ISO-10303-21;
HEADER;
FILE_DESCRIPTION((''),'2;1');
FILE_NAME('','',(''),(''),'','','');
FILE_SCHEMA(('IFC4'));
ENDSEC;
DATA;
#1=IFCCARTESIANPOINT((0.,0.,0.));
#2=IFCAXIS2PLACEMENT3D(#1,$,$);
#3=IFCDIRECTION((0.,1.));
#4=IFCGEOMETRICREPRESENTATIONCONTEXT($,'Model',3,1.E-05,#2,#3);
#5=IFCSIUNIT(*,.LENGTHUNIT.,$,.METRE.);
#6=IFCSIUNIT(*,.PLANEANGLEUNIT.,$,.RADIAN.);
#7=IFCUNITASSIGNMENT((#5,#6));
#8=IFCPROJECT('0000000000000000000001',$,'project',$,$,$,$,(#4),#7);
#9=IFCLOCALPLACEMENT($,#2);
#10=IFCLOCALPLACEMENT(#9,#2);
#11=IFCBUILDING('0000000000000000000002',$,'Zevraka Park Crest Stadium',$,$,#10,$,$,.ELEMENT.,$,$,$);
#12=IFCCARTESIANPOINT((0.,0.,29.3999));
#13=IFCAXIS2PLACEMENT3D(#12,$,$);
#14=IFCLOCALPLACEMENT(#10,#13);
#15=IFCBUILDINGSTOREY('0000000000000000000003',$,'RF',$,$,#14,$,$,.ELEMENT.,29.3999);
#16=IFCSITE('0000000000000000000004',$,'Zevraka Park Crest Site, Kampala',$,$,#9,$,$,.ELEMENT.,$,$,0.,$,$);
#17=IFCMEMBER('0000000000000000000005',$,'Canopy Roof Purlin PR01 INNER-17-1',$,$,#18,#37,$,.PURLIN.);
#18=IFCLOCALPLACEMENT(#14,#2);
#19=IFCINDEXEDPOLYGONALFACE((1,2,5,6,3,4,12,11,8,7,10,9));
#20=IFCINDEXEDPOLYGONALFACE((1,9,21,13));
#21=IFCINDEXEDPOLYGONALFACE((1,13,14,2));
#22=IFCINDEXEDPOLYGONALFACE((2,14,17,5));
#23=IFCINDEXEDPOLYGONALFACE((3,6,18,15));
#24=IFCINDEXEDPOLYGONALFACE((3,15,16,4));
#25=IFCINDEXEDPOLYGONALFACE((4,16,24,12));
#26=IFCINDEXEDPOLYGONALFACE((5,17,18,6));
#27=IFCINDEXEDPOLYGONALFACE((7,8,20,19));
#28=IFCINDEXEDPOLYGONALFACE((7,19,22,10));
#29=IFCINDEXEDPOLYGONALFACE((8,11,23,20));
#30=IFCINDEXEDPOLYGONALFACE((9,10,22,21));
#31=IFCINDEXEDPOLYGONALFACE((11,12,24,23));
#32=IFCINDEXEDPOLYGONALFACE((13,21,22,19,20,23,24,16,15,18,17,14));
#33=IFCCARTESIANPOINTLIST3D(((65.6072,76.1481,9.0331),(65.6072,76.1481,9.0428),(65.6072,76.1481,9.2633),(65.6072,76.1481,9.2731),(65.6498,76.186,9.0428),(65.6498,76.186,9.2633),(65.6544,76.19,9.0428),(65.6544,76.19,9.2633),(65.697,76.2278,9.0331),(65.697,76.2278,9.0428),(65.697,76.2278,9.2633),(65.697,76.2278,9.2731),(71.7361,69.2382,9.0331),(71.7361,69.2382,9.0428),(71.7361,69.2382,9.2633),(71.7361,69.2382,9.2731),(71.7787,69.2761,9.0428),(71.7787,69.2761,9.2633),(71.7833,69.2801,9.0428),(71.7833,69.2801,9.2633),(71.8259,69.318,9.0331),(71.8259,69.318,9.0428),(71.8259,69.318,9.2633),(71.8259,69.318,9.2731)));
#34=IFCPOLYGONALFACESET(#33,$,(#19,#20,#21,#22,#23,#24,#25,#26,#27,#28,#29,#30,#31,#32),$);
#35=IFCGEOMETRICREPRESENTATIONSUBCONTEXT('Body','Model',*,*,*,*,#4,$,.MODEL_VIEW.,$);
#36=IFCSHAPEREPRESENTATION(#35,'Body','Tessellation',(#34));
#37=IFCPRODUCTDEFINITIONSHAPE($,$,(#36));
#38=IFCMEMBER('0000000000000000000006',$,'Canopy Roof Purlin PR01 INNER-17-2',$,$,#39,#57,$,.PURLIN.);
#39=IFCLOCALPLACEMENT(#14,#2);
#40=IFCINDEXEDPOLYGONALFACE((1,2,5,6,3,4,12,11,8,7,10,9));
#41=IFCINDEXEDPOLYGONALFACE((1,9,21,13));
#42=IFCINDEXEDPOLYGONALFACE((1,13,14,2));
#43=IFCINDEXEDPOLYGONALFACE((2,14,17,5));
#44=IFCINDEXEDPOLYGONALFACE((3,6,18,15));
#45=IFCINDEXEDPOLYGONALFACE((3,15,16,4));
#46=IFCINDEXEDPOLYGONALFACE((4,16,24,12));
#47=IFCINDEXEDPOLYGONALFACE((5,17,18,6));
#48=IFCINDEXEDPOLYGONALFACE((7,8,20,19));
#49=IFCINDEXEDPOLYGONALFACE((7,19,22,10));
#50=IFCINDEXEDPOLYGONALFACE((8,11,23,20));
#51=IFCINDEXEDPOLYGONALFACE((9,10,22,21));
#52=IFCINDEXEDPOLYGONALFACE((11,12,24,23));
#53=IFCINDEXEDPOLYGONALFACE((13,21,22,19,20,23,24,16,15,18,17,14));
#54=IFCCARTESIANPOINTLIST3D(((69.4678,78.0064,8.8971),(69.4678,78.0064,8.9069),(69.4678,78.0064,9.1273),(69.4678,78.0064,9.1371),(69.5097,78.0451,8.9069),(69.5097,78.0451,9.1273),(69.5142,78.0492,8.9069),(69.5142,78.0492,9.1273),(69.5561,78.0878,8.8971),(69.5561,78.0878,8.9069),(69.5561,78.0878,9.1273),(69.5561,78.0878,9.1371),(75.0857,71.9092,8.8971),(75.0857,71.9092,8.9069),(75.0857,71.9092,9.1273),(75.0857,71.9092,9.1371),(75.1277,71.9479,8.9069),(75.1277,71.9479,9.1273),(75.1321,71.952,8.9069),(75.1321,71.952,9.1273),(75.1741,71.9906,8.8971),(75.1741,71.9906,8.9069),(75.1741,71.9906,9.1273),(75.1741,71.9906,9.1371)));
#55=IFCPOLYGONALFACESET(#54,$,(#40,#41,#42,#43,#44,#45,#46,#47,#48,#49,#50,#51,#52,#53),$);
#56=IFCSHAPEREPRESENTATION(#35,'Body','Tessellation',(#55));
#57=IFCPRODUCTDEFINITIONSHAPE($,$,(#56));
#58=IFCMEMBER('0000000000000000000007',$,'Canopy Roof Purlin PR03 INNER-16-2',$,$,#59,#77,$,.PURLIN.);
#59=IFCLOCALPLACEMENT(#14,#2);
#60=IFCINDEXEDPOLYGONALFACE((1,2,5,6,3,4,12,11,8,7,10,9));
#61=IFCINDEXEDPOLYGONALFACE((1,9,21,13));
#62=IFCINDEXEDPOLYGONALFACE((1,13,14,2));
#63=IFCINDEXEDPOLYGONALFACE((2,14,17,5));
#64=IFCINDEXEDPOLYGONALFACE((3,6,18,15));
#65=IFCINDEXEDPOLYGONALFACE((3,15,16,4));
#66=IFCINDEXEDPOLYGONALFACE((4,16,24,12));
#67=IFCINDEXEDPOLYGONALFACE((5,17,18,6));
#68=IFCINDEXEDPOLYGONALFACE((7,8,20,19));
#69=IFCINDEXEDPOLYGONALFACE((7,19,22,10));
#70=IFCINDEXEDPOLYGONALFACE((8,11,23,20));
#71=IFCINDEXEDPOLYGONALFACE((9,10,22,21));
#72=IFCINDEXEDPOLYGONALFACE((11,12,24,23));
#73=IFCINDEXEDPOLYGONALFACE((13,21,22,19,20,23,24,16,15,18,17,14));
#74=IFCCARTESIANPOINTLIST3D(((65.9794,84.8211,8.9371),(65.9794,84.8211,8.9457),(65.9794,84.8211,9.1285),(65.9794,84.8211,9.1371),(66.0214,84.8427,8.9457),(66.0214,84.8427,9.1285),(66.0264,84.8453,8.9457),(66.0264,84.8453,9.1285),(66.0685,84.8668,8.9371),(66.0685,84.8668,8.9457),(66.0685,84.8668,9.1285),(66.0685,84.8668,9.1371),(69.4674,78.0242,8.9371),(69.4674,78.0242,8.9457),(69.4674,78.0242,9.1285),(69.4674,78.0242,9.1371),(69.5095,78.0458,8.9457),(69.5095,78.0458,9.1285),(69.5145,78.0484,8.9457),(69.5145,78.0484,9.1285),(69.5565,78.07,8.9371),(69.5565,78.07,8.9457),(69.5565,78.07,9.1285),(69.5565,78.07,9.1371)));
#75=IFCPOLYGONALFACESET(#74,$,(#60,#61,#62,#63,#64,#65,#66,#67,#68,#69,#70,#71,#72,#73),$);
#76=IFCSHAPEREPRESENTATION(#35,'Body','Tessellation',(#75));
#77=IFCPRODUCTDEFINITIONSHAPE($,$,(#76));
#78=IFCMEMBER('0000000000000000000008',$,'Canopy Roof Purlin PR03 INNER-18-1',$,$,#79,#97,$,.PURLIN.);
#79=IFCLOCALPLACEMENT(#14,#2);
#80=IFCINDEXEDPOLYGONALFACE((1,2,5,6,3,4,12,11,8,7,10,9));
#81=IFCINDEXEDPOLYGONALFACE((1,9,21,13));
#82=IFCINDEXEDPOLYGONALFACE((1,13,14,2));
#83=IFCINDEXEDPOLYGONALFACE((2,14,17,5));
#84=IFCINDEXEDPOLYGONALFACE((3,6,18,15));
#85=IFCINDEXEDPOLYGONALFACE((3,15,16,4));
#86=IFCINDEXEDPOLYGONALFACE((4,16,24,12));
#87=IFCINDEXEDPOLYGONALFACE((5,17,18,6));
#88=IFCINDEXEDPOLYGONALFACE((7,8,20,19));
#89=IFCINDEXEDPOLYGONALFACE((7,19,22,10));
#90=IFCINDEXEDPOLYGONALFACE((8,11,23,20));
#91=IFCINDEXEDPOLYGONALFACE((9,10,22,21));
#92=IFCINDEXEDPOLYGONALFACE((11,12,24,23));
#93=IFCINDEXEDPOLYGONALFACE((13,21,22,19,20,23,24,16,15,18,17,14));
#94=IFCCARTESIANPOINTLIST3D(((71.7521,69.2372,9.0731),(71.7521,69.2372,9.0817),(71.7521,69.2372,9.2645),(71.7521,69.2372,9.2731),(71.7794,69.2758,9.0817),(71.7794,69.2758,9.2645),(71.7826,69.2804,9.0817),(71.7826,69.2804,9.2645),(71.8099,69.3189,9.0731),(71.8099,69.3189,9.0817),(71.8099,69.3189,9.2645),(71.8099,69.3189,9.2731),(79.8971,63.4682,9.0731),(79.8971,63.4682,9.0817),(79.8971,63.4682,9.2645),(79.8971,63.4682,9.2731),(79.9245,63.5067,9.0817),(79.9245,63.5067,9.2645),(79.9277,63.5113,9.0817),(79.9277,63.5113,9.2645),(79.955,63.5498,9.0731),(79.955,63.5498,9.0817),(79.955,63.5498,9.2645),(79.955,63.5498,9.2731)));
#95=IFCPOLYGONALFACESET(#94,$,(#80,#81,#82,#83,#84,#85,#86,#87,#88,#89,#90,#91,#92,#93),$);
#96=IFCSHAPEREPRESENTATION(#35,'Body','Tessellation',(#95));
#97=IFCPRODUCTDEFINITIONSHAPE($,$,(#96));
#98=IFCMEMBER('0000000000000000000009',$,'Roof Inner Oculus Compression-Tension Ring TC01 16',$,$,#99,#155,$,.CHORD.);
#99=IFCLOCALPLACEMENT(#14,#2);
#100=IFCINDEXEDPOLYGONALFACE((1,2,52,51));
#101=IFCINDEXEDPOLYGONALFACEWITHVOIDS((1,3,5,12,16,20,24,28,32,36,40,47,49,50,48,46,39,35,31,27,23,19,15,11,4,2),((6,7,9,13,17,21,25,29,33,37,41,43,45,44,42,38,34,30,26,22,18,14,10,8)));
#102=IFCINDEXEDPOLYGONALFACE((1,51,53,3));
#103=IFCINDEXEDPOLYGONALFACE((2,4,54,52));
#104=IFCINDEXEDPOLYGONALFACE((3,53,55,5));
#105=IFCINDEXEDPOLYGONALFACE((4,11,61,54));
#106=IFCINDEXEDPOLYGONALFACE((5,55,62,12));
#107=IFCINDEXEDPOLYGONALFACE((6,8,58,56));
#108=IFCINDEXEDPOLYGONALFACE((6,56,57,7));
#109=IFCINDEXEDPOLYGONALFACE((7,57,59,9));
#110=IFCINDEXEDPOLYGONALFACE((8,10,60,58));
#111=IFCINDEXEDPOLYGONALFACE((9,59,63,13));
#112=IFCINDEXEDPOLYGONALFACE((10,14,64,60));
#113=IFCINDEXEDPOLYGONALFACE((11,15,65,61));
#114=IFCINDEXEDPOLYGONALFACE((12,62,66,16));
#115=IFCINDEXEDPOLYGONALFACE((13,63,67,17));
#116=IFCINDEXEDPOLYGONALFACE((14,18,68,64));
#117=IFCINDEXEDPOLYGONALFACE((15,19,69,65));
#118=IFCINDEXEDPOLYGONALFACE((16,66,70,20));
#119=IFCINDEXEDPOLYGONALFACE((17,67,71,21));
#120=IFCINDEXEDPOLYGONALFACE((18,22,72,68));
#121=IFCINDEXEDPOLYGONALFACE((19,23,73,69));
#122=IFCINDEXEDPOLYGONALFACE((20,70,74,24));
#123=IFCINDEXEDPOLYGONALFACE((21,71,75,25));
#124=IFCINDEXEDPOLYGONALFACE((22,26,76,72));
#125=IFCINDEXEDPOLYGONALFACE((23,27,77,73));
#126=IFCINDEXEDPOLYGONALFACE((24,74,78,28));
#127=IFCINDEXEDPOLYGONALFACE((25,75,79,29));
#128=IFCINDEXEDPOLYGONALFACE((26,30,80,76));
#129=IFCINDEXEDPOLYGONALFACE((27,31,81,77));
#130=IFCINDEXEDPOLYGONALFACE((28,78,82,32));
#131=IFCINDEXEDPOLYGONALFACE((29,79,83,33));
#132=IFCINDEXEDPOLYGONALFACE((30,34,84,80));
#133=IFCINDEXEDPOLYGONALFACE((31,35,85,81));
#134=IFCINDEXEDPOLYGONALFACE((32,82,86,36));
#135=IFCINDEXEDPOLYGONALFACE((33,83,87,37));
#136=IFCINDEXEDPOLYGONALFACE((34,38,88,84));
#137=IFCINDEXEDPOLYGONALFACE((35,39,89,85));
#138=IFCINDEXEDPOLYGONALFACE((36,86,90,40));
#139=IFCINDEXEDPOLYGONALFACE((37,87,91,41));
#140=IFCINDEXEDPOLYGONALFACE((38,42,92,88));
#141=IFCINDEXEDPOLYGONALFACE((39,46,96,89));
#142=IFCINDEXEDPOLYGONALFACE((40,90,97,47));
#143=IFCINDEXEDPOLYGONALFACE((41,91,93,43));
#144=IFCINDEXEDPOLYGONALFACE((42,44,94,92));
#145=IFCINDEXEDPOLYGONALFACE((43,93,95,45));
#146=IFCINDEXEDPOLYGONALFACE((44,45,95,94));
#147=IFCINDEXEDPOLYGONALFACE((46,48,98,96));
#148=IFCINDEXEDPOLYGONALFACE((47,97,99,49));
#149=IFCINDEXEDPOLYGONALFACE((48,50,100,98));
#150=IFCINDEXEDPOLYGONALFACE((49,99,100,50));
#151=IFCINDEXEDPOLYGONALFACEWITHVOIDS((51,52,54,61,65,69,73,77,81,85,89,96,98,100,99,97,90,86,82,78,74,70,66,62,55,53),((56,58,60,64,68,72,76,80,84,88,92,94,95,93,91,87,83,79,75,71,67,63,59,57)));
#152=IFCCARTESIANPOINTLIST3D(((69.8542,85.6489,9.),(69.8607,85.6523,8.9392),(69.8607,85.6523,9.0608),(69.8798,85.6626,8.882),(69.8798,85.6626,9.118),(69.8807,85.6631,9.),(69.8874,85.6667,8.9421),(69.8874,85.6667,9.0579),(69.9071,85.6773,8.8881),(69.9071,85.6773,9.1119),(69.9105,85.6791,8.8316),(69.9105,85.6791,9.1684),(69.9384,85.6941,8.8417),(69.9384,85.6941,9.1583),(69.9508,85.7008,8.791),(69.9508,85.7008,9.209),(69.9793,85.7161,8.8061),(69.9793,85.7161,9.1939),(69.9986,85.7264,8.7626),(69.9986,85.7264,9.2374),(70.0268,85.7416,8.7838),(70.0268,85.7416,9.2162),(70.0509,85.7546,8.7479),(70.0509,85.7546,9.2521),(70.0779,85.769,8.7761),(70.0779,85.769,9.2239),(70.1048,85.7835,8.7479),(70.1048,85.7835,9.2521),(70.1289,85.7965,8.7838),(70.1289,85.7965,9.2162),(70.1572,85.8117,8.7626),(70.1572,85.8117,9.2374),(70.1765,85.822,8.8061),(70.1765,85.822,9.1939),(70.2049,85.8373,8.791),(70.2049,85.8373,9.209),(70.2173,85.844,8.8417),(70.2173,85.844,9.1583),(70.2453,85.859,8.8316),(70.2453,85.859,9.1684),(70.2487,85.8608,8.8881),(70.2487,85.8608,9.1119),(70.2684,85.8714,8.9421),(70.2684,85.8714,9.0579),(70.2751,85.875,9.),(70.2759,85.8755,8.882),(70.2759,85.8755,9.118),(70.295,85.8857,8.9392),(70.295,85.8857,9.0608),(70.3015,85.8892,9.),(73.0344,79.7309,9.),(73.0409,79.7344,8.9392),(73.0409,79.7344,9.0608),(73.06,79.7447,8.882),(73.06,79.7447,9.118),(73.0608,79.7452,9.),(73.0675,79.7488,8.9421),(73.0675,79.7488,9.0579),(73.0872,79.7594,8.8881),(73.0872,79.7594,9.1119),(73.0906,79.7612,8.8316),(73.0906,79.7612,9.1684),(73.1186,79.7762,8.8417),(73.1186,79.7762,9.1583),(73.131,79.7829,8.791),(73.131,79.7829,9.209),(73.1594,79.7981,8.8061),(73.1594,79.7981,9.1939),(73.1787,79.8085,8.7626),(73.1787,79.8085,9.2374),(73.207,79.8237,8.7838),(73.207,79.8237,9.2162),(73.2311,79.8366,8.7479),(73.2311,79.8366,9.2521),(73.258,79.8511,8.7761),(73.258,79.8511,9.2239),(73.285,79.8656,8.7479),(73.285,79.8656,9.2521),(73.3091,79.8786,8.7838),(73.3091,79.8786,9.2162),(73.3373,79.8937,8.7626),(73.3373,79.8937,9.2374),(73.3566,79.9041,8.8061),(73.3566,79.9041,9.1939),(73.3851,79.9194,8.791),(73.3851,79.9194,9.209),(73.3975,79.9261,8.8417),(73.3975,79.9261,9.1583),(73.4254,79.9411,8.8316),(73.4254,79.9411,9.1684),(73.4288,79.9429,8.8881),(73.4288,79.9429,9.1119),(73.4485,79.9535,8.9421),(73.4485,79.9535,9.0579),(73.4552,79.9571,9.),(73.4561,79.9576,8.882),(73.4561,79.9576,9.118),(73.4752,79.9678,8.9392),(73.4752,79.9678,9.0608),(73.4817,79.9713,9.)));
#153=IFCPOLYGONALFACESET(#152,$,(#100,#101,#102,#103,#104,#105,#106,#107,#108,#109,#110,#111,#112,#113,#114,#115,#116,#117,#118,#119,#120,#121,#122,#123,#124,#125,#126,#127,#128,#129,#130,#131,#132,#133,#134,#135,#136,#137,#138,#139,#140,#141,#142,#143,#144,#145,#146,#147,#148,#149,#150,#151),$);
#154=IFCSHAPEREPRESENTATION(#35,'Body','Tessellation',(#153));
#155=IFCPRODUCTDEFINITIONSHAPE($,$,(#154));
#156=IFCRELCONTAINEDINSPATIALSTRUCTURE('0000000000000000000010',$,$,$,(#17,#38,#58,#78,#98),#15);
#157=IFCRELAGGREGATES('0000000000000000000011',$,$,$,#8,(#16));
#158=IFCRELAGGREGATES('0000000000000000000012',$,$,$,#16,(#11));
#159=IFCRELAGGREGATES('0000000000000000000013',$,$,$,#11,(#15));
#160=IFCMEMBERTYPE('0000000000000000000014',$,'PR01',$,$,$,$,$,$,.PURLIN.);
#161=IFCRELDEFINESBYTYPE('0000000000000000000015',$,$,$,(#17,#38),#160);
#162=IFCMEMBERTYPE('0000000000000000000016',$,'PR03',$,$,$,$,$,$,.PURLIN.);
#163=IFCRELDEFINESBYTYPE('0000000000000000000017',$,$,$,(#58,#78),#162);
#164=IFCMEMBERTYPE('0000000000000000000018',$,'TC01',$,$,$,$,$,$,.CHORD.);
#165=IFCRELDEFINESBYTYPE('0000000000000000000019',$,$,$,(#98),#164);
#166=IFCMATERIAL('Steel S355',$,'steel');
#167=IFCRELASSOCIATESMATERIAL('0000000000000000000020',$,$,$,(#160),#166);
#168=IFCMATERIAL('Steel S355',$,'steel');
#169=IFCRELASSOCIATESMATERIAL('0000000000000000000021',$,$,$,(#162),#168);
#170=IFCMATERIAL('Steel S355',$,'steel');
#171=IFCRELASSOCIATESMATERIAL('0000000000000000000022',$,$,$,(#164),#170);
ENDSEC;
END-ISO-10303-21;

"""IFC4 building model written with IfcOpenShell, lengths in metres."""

from ifc_helpers import new_model, si_unit, direction, frame, origin, origin_2d, place, context, subcontext, project, spatial, hollow_circle, i_section, extrude, material, material_profile, profile_set, type_object, element, save


model = new_model("IFC4")

# Units and contexts
model_context = context("Model", 3, precision=1e-05, world=origin(), true_north=direction((0.0, 1.0)))
body_context = subcontext(model_context, "Body", "Model", "MODEL_VIEW")
ifc_project = project(units=[si_unit("LENGTHUNIT", "METRE"), si_unit("PLANEANGLEUNIT", "RADIAN")], contexts=[model_context])

# Site, building, storey
site_placement = place(None, origin())
site = spatial("IfcSite", under=ifc_project, at=site_placement, Name="Zevraka Park Crest Site, Kampala", CompositionType="ELEMENT", RefElevation=0.0)
building_placement = place(site_placement, origin())
building = spatial("IfcBuilding", under=site, at=building_placement, Name="Zevraka Park Crest Stadium", CompositionType="ELEMENT")
storey_placement = place(building_placement, frame((0.0, 0.0, 29.3999)))
storey = spatial("IfcBuildingStorey", under=building, at=storey_placement, Name="RF", CompositionType="ELEMENT", Elevation=29.3999)

# Members
ifc_material_1 = material(Name="Steel S355", Category="steel")
ifc_material_profile_1 = material_profile(ifc_material_1, i_section(OverallWidth=0.1201, OverallDepth=0.24, WebThickness=0.0061, FlangeThickness=0.0098, at=origin_2d()), Name="IPE 240")
ifc_profile_set_1 = profile_set([ifc_material_profile_1], Name="Steel S355")
member_type_1 = type_object("IfcMemberType", Name="PR01", PredefinedType="PURLIN", material=ifc_profile_set_1)
member_1_placement = place(storey_placement, frame((65.6521, 76.188, 9.1531), z_axis=(0.663563, -0.748121, 0.0), x_axis=(0.748121, 0.663563, 0.0)))
element("IfcMember", 1, at=member_1_placement, inside=storey, type_object=member_type_1, Name="Canopy Roof Purlin PR01 INNER-17-1", PredefinedType="PURLIN", context=body_context, shape_type="SweptSolid", body=[
    extrude(i_section(OverallWidth=0.1201, OverallDepth=0.24, WebThickness=0.0061, FlangeThickness=0.0098, at=origin_2d()), origin(), (0.0, 0.0, 1.0), 9.2363),
])
member_2_placement = place(storey_placement, frame((69.512, 78.0471, 9.0171), z_axis=(0.677613, -0.735418, 0.0), x_axis=(0.735418, 0.677613, 0.0)))
element("IfcMember", 2, at=member_2_placement, inside=storey, type_object=member_type_1, Name="Canopy Roof Purlin PR01 INNER-17-2", PredefinedType="PURLIN", context=body_context, shape_type="SweptSolid", body=[
    extrude(i_section(OverallWidth=0.1201, OverallDepth=0.24, WebThickness=0.0061, FlangeThickness=0.0098, at=origin_2d()), origin(), (0.0, 0.0, 1.0), 8.2908),
])
ifc_material_2 = material(Name="Steel S355", Category="steel")
ifc_material_profile_2 = material_profile(ifc_material_2, i_section(OverallWidth=0.1001, OverallDepth=0.2, WebThickness=0.0056, FlangeThickness=0.0085, at=origin_2d()), Name="IPE 200")
ifc_profile_set_2 = profile_set([ifc_material_profile_2], Name="Steel S355")
member_type_2 = type_object("IfcMemberType", Name="PR03", PredefinedType="PURLIN", material=ifc_profile_set_2)
member_3_placement = place(storey_placement, frame((66.0239, 84.844, 9.0371), z_axis=(0.456572, -0.889687, 0.0), x_axis=(0.889687, 0.456572, 0.0)))
element("IfcMember", 3, at=member_3_placement, inside=storey, type_object=member_type_2, Name="Canopy Roof Purlin PR03 INNER-16-2", PredefinedType="PURLIN", context=body_context, shape_type="SweptSolid", body=[
    extrude(i_section(OverallWidth=0.1001, OverallDepth=0.2, WebThickness=0.0056, FlangeThickness=0.0085, at=origin_2d()), origin(), (0.0, 0.0, 1.0), 7.6396),
])
member_4_placement = place(storey_placement, frame((71.781, 69.2781, 9.1731), z_axis=(0.816041, -0.577994, 0.0), x_axis=(0.577994, 0.816041, 0.0)))
element("IfcMember", 4, at=member_4_placement, inside=storey, type_object=member_type_2, Name="Canopy Roof Purlin PR03 INNER-18-1", PredefinedType="PURLIN", context=body_context, shape_type="SweptSolid", body=[
    extrude(i_section(OverallWidth=0.1001, OverallDepth=0.2, WebThickness=0.0056, FlangeThickness=0.0085, at=origin_2d()), origin(), (0.0, 0.0, 1.0), 9.9812),
])
ifc_material_3 = material(Name="Steel S355", Category="steel")
ifc_material_profile_3 = material_profile(ifc_material_3, hollow_circle(Radius=0.2539, WallThickness=0.03, at=origin_2d()), Name="CHS 508.0x30")
ifc_profile_set_3 = profile_set([ifc_material_profile_3], Name="Steel S355")
member_type_3 = type_object("IfcMemberType", Name="TC01", PredefinedType="CHORD", material=ifc_profile_set_3)
member_5_placement = place(storey_placement, frame((70.0779, 85.769, 9.0), z_axis=(0.473359, -0.88087, 0.0), x_axis=(0.88087, 0.473359, 0.0)))
element("IfcMember", 5, at=member_5_placement, inside=storey, type_object=member_type_3, Name="Roof Inner Oculus Compression-Tension Ring TC01 16", PredefinedType="CHORD", context=body_context, shape_type="SweptSolid", body=[
    extrude(hollow_circle(Radius=0.2539, WallThickness=0.03, at=origin_2d()), origin(), (0.0, 0.0, 1.0), 6.7183),
])

save(model, "model.ifc")
